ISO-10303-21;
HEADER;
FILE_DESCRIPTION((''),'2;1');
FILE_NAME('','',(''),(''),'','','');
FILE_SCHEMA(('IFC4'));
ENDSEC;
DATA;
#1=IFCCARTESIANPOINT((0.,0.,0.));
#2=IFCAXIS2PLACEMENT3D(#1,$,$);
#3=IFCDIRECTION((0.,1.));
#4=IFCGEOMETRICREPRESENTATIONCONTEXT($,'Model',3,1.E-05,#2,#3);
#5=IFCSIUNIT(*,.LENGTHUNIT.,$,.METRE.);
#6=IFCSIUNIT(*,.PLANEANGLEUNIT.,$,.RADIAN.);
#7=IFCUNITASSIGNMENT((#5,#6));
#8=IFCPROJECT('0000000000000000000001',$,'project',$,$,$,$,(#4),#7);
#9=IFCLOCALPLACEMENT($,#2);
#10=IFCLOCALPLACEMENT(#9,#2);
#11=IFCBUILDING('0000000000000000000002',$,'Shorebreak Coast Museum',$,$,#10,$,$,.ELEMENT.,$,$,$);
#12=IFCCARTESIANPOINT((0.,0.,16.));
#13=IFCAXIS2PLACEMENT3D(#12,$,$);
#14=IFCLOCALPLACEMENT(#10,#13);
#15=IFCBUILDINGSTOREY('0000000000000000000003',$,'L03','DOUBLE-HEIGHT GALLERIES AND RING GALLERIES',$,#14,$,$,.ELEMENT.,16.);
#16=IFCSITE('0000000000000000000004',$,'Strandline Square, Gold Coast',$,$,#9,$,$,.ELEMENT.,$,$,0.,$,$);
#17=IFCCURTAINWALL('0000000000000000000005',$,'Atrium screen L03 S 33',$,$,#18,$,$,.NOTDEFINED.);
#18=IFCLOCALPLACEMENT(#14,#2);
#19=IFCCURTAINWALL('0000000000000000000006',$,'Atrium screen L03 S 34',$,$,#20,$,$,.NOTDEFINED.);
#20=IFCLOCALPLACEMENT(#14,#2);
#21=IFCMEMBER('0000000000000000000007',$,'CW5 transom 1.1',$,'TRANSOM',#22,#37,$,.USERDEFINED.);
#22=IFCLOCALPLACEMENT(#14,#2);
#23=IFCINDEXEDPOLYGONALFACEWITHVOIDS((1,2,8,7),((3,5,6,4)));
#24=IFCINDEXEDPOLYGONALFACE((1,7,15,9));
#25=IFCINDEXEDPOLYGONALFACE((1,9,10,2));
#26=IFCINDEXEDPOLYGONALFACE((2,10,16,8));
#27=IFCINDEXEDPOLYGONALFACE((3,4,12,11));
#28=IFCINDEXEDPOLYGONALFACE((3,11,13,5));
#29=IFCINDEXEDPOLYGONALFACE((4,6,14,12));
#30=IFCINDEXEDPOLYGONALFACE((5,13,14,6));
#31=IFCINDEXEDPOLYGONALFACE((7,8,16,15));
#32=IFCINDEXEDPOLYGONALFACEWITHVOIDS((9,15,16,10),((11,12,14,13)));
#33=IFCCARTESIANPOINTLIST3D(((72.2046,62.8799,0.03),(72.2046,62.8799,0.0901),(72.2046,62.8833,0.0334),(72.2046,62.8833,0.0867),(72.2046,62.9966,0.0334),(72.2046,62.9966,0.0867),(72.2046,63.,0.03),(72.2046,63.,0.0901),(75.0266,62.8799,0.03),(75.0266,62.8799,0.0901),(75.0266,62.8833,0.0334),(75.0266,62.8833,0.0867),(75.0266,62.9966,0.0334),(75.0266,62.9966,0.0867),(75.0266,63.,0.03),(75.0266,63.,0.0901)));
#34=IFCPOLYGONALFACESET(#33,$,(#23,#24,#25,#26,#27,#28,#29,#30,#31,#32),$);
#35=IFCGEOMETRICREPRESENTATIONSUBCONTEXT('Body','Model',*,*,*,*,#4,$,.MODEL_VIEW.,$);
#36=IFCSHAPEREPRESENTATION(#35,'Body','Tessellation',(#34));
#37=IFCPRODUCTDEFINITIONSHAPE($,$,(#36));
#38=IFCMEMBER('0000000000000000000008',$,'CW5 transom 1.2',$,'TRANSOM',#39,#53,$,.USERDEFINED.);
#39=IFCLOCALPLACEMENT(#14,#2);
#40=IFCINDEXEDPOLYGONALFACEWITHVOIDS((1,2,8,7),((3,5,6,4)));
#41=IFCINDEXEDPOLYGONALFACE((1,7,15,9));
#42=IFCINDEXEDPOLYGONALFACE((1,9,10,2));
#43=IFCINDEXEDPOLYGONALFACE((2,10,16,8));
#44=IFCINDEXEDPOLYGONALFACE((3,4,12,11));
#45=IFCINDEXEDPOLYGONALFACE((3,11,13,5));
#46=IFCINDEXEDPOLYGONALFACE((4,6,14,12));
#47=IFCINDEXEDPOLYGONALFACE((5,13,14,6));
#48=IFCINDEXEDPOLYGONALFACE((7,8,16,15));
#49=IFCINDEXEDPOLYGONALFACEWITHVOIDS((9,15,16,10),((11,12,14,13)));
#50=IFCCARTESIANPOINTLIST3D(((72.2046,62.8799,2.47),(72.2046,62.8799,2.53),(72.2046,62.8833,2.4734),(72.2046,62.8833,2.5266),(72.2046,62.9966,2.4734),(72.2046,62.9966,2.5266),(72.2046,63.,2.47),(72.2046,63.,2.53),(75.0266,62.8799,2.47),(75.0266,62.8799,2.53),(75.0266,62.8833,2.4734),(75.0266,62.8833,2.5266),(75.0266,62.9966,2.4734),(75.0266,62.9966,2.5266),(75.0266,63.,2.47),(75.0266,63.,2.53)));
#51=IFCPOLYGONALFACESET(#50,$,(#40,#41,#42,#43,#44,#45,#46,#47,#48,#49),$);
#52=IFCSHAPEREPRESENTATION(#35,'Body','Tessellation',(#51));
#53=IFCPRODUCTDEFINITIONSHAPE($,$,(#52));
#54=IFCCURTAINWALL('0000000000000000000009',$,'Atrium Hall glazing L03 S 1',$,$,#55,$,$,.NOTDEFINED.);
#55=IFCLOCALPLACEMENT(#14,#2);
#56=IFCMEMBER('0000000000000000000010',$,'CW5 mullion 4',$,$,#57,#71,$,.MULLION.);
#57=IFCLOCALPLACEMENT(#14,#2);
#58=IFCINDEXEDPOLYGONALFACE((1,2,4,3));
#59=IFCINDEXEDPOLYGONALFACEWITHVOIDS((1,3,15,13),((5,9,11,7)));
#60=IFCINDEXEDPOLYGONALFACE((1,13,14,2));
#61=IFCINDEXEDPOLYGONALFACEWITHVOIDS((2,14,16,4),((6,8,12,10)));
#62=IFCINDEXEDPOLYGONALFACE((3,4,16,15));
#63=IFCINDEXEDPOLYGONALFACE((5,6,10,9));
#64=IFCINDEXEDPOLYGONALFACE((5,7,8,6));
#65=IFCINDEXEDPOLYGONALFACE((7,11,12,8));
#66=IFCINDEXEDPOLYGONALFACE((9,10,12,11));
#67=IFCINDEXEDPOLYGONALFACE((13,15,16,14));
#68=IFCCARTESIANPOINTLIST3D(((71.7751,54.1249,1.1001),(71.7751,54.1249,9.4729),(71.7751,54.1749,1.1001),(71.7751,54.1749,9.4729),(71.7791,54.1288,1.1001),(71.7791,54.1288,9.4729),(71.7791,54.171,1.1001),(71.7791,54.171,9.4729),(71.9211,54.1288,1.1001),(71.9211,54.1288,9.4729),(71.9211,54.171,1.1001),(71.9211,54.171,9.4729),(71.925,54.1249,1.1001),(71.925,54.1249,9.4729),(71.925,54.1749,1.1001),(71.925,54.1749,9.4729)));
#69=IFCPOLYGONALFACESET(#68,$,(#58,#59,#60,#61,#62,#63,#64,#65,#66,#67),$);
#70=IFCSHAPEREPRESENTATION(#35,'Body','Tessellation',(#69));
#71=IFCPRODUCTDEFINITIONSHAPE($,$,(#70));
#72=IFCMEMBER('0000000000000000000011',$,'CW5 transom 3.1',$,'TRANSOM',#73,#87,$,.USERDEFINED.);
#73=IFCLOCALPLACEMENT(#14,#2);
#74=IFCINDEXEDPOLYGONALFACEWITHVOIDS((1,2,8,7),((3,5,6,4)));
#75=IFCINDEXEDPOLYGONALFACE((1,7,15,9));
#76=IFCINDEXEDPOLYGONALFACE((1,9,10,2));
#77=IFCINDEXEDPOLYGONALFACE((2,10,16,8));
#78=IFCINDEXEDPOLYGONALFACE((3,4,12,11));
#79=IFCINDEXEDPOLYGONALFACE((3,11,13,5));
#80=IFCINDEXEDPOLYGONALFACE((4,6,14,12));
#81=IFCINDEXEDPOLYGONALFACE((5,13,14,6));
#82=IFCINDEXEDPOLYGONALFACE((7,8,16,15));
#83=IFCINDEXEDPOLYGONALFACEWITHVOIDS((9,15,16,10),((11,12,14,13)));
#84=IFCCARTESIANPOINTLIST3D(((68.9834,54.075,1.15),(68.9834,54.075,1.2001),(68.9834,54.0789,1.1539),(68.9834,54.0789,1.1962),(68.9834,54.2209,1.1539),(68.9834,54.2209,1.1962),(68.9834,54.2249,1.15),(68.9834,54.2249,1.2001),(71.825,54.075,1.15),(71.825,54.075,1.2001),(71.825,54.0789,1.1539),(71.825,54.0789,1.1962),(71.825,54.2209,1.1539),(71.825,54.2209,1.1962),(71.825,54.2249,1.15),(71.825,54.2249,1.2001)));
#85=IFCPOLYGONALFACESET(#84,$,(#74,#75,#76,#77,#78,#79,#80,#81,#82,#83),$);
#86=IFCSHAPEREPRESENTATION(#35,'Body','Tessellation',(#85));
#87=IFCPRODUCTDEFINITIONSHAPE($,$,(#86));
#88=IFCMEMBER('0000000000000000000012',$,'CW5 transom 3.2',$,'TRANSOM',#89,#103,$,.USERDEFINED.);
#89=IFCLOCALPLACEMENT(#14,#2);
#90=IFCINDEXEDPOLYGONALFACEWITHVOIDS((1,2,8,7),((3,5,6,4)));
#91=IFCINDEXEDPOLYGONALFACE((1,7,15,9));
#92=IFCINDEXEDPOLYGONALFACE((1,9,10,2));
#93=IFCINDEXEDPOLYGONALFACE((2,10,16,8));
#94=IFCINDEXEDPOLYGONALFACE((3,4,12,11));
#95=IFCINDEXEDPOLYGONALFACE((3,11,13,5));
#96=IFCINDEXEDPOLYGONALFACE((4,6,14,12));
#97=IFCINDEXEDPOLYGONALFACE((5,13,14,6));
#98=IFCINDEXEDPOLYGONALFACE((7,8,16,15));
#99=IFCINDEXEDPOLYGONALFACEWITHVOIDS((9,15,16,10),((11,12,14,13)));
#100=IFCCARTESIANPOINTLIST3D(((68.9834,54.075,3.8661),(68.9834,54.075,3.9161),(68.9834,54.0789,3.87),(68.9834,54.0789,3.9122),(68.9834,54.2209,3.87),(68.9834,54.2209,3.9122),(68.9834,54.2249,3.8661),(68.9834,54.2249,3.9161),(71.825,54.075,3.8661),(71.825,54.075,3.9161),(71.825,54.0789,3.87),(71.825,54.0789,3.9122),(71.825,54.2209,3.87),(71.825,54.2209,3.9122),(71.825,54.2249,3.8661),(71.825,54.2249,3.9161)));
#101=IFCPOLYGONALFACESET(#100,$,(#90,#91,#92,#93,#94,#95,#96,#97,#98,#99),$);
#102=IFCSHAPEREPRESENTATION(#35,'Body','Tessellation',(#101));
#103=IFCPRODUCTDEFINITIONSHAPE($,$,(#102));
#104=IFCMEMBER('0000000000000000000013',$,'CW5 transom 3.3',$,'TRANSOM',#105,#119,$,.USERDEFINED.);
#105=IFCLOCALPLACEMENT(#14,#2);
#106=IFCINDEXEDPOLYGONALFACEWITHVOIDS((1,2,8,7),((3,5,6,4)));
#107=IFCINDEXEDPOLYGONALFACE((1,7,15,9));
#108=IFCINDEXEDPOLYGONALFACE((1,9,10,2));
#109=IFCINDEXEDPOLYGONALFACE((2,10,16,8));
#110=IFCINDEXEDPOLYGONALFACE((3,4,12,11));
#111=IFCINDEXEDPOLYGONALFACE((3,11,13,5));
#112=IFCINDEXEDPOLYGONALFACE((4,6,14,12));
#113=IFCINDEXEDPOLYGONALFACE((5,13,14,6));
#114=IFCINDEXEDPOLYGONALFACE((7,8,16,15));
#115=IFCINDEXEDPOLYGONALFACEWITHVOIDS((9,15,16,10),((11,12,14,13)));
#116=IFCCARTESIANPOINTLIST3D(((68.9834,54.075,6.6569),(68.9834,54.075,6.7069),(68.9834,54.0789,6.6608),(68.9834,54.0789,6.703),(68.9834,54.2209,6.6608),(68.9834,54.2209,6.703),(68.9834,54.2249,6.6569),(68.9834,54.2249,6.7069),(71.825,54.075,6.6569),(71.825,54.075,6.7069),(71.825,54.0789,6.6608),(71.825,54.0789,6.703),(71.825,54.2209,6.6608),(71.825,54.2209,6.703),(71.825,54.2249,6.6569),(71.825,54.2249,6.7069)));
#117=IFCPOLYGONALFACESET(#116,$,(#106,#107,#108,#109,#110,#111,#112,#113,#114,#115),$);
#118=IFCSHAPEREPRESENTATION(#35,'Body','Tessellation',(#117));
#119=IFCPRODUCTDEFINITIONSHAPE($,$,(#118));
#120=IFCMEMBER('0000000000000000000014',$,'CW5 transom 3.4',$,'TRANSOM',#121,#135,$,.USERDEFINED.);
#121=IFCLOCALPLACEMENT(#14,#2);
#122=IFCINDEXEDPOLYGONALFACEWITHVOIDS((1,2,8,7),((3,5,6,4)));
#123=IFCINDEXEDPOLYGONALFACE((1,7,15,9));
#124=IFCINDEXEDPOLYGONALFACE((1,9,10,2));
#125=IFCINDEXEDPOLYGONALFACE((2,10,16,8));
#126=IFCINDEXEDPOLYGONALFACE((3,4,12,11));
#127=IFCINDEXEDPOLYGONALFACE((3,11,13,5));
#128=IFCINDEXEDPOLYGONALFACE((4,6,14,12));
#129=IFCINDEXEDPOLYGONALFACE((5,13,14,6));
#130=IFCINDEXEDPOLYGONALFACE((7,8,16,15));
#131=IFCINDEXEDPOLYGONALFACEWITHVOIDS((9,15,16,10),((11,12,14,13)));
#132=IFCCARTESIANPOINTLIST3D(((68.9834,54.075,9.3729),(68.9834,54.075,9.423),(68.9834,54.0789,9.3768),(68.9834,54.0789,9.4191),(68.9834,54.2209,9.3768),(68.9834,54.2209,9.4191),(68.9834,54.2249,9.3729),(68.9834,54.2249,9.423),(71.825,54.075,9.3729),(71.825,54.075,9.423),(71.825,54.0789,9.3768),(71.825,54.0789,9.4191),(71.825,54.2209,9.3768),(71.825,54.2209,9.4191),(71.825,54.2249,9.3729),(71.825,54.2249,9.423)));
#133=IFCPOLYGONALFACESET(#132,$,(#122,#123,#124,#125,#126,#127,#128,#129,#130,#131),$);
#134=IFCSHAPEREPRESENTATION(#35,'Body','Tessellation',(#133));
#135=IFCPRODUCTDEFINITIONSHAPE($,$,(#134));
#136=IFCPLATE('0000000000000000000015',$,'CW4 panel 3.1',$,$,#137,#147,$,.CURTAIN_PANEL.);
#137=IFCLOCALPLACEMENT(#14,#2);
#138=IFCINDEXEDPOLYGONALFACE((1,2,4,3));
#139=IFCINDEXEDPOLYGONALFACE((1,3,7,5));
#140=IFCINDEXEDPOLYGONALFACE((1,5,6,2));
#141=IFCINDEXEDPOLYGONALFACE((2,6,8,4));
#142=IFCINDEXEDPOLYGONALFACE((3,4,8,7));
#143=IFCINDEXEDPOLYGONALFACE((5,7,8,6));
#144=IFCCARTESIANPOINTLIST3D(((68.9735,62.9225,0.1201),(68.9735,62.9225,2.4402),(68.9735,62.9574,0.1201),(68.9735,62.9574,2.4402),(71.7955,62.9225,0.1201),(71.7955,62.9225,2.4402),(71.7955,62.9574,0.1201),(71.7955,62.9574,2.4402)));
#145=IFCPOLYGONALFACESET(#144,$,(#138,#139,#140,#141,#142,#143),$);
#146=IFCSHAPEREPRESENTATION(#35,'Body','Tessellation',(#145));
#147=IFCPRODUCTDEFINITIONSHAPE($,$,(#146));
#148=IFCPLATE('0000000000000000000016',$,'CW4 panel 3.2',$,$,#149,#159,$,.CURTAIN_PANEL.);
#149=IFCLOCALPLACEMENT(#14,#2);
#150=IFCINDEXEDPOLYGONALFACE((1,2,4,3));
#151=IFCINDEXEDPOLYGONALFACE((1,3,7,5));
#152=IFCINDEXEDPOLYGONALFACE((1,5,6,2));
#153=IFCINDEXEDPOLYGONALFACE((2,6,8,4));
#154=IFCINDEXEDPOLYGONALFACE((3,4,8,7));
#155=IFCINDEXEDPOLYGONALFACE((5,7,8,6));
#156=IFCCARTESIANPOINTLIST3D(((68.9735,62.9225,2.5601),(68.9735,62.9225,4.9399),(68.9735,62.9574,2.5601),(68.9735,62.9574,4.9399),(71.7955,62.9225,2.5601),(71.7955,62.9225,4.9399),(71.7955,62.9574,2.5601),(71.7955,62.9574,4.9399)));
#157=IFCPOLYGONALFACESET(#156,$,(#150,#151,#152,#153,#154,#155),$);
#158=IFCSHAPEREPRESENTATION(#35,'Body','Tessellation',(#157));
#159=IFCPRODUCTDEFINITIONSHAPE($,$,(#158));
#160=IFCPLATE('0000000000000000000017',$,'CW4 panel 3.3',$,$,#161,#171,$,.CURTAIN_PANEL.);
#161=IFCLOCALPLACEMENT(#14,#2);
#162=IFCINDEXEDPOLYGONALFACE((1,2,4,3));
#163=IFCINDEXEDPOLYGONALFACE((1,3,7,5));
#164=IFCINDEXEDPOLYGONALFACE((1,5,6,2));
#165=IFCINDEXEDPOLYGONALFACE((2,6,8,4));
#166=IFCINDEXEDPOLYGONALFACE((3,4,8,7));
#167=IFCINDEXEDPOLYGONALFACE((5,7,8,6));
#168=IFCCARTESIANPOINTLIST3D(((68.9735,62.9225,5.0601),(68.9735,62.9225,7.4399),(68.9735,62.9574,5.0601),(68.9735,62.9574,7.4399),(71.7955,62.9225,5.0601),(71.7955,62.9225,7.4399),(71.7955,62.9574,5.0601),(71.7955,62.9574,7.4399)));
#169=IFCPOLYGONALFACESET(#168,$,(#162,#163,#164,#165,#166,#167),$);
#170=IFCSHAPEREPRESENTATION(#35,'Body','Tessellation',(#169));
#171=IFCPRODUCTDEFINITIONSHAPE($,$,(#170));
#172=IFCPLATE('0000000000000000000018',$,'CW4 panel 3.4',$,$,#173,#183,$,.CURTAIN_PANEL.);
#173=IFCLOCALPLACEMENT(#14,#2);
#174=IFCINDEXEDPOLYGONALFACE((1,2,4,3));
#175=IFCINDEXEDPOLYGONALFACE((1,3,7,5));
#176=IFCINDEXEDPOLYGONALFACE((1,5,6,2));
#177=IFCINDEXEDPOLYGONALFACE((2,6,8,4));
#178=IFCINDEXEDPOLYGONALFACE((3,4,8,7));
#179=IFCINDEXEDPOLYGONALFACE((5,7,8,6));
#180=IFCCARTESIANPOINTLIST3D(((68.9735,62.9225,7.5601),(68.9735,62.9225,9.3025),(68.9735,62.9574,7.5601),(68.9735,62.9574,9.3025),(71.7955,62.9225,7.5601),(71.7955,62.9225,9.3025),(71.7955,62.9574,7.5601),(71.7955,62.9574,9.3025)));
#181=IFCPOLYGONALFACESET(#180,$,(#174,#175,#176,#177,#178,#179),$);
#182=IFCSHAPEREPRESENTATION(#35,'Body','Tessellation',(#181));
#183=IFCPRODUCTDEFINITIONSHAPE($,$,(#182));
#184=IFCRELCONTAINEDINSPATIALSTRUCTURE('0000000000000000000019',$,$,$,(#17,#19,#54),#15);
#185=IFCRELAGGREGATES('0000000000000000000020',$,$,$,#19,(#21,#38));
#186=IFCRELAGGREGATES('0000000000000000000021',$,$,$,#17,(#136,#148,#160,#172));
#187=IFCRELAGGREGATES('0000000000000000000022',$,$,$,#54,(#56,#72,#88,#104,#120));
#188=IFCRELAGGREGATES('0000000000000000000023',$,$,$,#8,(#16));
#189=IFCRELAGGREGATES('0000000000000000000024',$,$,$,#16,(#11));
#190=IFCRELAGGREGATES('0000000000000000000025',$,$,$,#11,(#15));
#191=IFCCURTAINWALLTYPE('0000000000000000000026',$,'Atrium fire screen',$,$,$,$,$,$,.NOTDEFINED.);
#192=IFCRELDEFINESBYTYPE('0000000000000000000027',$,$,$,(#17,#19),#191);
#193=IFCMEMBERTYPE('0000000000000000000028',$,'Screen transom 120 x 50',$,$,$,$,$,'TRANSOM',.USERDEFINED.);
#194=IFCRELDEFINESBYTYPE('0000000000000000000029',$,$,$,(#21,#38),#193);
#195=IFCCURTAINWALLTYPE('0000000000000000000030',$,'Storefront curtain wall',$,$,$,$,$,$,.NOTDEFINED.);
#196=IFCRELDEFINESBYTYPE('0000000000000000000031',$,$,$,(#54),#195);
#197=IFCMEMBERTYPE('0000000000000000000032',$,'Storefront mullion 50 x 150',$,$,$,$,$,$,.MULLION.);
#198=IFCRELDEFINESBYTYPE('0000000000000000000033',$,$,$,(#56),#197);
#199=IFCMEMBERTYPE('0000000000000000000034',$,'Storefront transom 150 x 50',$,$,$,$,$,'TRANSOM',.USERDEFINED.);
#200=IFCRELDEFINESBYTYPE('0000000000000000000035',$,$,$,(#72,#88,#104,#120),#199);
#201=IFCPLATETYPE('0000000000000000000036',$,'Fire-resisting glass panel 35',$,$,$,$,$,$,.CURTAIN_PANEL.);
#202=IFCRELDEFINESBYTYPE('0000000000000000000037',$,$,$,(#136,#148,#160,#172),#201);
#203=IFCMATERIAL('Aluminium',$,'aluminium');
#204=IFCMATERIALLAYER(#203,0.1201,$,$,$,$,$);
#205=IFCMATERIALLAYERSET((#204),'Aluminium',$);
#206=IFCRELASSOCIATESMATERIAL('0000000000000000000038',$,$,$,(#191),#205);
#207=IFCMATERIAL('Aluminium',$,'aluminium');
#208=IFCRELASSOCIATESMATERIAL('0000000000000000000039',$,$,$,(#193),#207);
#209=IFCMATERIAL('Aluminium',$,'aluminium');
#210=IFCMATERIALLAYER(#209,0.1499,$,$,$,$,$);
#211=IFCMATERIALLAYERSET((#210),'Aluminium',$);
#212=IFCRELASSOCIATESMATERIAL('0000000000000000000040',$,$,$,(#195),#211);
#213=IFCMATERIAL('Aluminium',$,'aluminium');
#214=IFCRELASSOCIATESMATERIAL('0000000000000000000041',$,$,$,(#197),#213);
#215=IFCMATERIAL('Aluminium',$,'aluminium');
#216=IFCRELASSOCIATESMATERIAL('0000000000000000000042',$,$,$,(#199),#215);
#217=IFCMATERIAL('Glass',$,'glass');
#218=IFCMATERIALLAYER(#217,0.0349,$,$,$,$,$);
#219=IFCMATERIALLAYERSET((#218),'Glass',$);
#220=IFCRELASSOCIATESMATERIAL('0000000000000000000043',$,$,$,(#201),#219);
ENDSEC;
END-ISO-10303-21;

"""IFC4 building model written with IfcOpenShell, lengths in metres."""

from ifc_helpers import new_model, si_unit, direction, frame, origin, origin_2d, place, context, subcontext, project, spatial, rectangle, hollow_rectangle, extrude, material, layer, layer_set, material_profile, profile_set, type_object, element, aggregate, save


model = new_model("IFC4")

# Units and contexts
model_context = context("Model", 3, precision=1e-05, world=origin(), true_north=direction((0.0, 1.0)))
body_context = subcontext(model_context, "Body", "Model", "MODEL_VIEW")
ifc_project = project(units=[si_unit("LENGTHUNIT", "METRE"), si_unit("PLANEANGLEUNIT", "RADIAN")], contexts=[model_context])

# Site, building, storey
site_placement = place(None, origin())
site = spatial("IfcSite", under=ifc_project, at=site_placement, Name="Strandline Square, Gold Coast", CompositionType="ELEMENT", RefElevation=0.0)
building_placement = place(site_placement, origin())
building = spatial("IfcBuilding", under=site, at=building_placement, Name="Shorebreak Coast Museum", CompositionType="ELEMENT")
storey_placement = place(building_placement, frame((0.0, 0.0, 16.0)))
storey = spatial("IfcBuildingStorey", under=building, at=storey_placement, Name="L03", Description="DOUBLE-HEIGHT GALLERIES AND RING GALLERIES", CompositionType="ELEMENT", Elevation=16.0)

# Curtain wall
ifc_material_1 = material(Name="Aluminium", Category="aluminium")
ifc_layer_1 = layer(ifc_material_1, 0.1201)
ifc_layer_set_1 = layer_set([ifc_layer_1], Name="Aluminium")
curtain_wall_type_1 = type_object("IfcCurtainWallType", Name="Atrium fire screen", PredefinedType="NOTDEFINED", material=ifc_layer_set_1)
curtain_wall_1_placement = place(storey_placement, origin())
curtain_wall_1 = element("IfcCurtainWall", 1, at=curtain_wall_1_placement, inside=storey, type_object=curtain_wall_type_1, Name="Atrium screen L03 S 33", PredefinedType="NOTDEFINED")

# Curtain walls, members
curtain_wall_2_placement = place(storey_placement, origin())
curtain_wall_2 = element("IfcCurtainWall", 2, at=curtain_wall_2_placement, inside=storey, type_object=curtain_wall_type_1, Name="Atrium screen L03 S 34", PredefinedType="NOTDEFINED")
ifc_material_2 = material(Name="Aluminium", Category="aluminium")
ifc_material_profile_1 = material_profile(ifc_material_2, hollow_rectangle(XDim=0.1201, YDim=0.0601, WallThickness=0.0034, at=origin_2d()), Name="AL 60x120 RHS")
ifc_profile_set_1 = profile_set([ifc_material_profile_1], Name="Aluminium")
member_type_1 = type_object("IfcMemberType", Name="Screen transom 120 x 50", ElementType="TRANSOM", PredefinedType="USERDEFINED", material=ifc_profile_set_1)
member_1_placement = place(storey_placement, frame((72.2046, 62.9399, 0.0601), z_axis=(1.0, 0.0, 0.0), x_axis=(0.0, 1.0, 0.0)))
member_1 = element("IfcMember", 3, at=member_1_placement, type_object=member_type_1, Name="CW5 transom 1.1", ObjectType="TRANSOM", PredefinedType="USERDEFINED", context=body_context, shape_type="SweptSolid", body=[
    extrude(hollow_rectangle(XDim=0.1201, YDim=0.0601, WallThickness=0.0034, at=origin_2d()), origin(), (0.0, 0.0, 1.0), 2.822),
])
member_2_placement = place(storey_placement, frame((72.2046, 62.9399, 2.5), z_axis=(1.0, 0.0, 0.0), x_axis=(0.0, 1.0, 0.0)))
member_2 = element("IfcMember", 4, at=member_2_placement, type_object=member_type_1, Name="CW5 transom 1.2", ObjectType="TRANSOM", PredefinedType="USERDEFINED", context=body_context, shape_type="SweptSolid", body=[
    extrude(hollow_rectangle(XDim=0.1201, YDim=0.0601, WallThickness=0.0034, at=origin_2d()), origin(), (0.0, 0.0, 1.0), 2.822),
])
aggregate(curtain_wall_2, [member_1, member_2])
ifc_material_3 = material(Name="Aluminium", Category="aluminium")
ifc_layer_2 = layer(ifc_material_3, 0.1499)
ifc_layer_set_2 = layer_set([ifc_layer_2], Name="Aluminium")
curtain_wall_type_2 = type_object("IfcCurtainWallType", Name="Storefront curtain wall", PredefinedType="NOTDEFINED", material=ifc_layer_set_2)
curtain_wall_3_placement = place(storey_placement, origin())
curtain_wall_3 = element("IfcCurtainWall", 5, at=curtain_wall_3_placement, inside=storey, type_object=curtain_wall_type_2, Name="Atrium Hall glazing L03 S 1", PredefinedType="NOTDEFINED")
ifc_material_4 = material(Name="Aluminium", Category="aluminium")
ifc_material_profile_2 = material_profile(ifc_material_4, hollow_rectangle(XDim=0.05, YDim=0.1499, WallThickness=0.0039, at=origin_2d()), Name="AL 150x50 RHS")
ifc_profile_set_2 = profile_set([ifc_material_profile_2], Name="Aluminium")
member_type_2 = type_object("IfcMemberType", Name="Storefront mullion 50 x 150", PredefinedType="MULLION", material=ifc_profile_set_2)
member_3_placement = place(storey_placement, frame((71.8501, 54.1499, 1.1001), z_axis=(0.0, 0.0, 1.0), x_axis=(0.0, 1.0, 0.0)))
member_3 = element("IfcMember", 6, at=member_3_placement, type_object=member_type_2, Name="CW5 mullion 4", PredefinedType="MULLION", context=body_context, shape_type="SweptSolid", body=[
    extrude(hollow_rectangle(XDim=0.05, YDim=0.1499, WallThickness=0.0039, at=origin_2d()), origin(), (0.0, 0.0, 1.0), 8.3728),
])
ifc_material_5 = material(Name="Aluminium", Category="aluminium")
ifc_material_profile_3 = material_profile(ifc_material_5, hollow_rectangle(XDim=0.1499, YDim=0.05, WallThickness=0.0039, at=origin_2d()), Name="AL 50x150 RHS")
ifc_profile_set_3 = profile_set([ifc_material_profile_3], Name="Aluminium")
member_type_3 = type_object("IfcMemberType", Name="Storefront transom 150 x 50", ElementType="TRANSOM", PredefinedType="USERDEFINED", material=ifc_profile_set_3)
member_4_placement = place(storey_placement, frame((68.9834, 54.1499, 1.175), z_axis=(1.0, 0.0, 0.0), x_axis=(0.0, 1.0, 0.0)))
member_4 = element("IfcMember", 7, at=member_4_placement, type_object=member_type_3, Name="CW5 transom 3.1", ObjectType="TRANSOM", PredefinedType="USERDEFINED", context=body_context, shape_type="SweptSolid", body=[
    extrude(hollow_rectangle(XDim=0.1499, YDim=0.05, WallThickness=0.0039, at=origin_2d()), origin(), (0.0, 0.0, 1.0), 2.8416),
])
member_5_placement = place(storey_placement, frame((68.9834, 54.1499, 3.8911), z_axis=(1.0, 0.0, 0.0), x_axis=(0.0, 1.0, 0.0)))
member_5 = element("IfcMember", 8, at=member_5_placement, type_object=member_type_3, Name="CW5 transom 3.2", ObjectType="TRANSOM", PredefinedType="USERDEFINED", context=body_context, shape_type="SweptSolid", body=[
    extrude(hollow_rectangle(XDim=0.1499, YDim=0.05, WallThickness=0.0039, at=origin_2d()), origin(), (0.0, 0.0, 1.0), 2.8416),
])
member_6_placement = place(storey_placement, frame((68.9834, 54.1499, 6.6819), z_axis=(1.0, 0.0, 0.0), x_axis=(0.0, 1.0, 0.0)))
member_6 = element("IfcMember", 9, at=member_6_placement, type_object=member_type_3, Name="CW5 transom 3.3", ObjectType="TRANSOM", PredefinedType="USERDEFINED", context=body_context, shape_type="SweptSolid", body=[
    extrude(hollow_rectangle(XDim=0.1499, YDim=0.05, WallThickness=0.0039, at=origin_2d()), origin(), (0.0, 0.0, 1.0), 2.8416),
])
member_7_placement = place(storey_placement, frame((68.9834, 54.1499, 9.3979), z_axis=(1.0, 0.0, 0.0), x_axis=(0.0, 1.0, 0.0)))
member_7 = element("IfcMember", 10, at=member_7_placement, type_object=member_type_3, Name="CW5 transom 3.4", ObjectType="TRANSOM", PredefinedType="USERDEFINED", context=body_context, shape_type="SweptSolid", body=[
    extrude(hollow_rectangle(XDim=0.1499, YDim=0.05, WallThickness=0.0039, at=origin_2d()), origin(), (0.0, 0.0, 1.0), 2.8416),
])

# Plates
ifc_material_6 = material(Name="Glass", Category="glass")
ifc_layer_3 = layer(ifc_material_6, 0.0349)
ifc_layer_set_3 = layer_set([ifc_layer_3], Name="Glass")
plate_type_1 = type_object("IfcPlateType", Name="Fire-resisting glass panel 35", PredefinedType="CURTAIN_PANEL", material=ifc_layer_set_3)
plate_1_placement = place(storey_placement, frame((70.3845, 62.9399, 0.1201), z_axis=(0.0, 0.0, 1.0), x_axis=(1.0, 0.0, 0.0)))
plate_1 = element("IfcPlate", 11, at=plate_1_placement, type_object=plate_type_1, Name="CW4 panel 3.1", PredefinedType="CURTAIN_PANEL", context=body_context, shape_type="SweptSolid", body=[
    extrude(rectangle(XDim=2.822, YDim=0.0349, at=origin_2d()), origin(), (0.0, 0.0, 1.0), 2.3201),
])
plate_2_placement = place(storey_placement, frame((70.3845, 62.9399, 2.5601), z_axis=(0.0, 0.0, 1.0), x_axis=(1.0, 0.0, 0.0)))
plate_2 = element("IfcPlate", 12, at=plate_2_placement, type_object=plate_type_1, Name="CW4 panel 3.2", PredefinedType="CURTAIN_PANEL", context=body_context, shape_type="SweptSolid", body=[
    extrude(rectangle(XDim=2.822, YDim=0.0349, at=origin_2d()), origin(), (0.0, 0.0, 1.0), 2.3799),
])
plate_3_placement = place(storey_placement, frame((70.3845, 62.9399, 5.0601), z_axis=(0.0, 0.0, 1.0), x_axis=(1.0, 0.0, 0.0)))
plate_3 = element("IfcPlate", 13, at=plate_3_placement, type_object=plate_type_1, Name="CW4 panel 3.3", PredefinedType="CURTAIN_PANEL", context=body_context, shape_type="SweptSolid", body=[
    extrude(rectangle(XDim=2.822, YDim=0.0349, at=origin_2d()), origin(), (0.0, 0.0, 1.0), 2.3799),
])
plate_4_placement = place(storey_placement, frame((70.3845, 62.9399, 7.5601), z_axis=(0.0, 0.0, 1.0), x_axis=(1.0, 0.0, 0.0)))
plate_4 = element("IfcPlate", 14, at=plate_4_placement, type_object=plate_type_1, Name="CW4 panel 3.4", PredefinedType="CURTAIN_PANEL", context=body_context, shape_type="SweptSolid", body=[
    extrude(rectangle(XDim=2.822, YDim=0.0349, at=origin_2d()), origin(), (0.0, 0.0, 1.0), 1.7424),
])
aggregate(curtain_wall_1, [plate_1, plate_2, plate_3, plate_4])
aggregate(curtain_wall_3, [member_3, member_4, member_5, member_6, member_7])

save(model, "model.ifc")
